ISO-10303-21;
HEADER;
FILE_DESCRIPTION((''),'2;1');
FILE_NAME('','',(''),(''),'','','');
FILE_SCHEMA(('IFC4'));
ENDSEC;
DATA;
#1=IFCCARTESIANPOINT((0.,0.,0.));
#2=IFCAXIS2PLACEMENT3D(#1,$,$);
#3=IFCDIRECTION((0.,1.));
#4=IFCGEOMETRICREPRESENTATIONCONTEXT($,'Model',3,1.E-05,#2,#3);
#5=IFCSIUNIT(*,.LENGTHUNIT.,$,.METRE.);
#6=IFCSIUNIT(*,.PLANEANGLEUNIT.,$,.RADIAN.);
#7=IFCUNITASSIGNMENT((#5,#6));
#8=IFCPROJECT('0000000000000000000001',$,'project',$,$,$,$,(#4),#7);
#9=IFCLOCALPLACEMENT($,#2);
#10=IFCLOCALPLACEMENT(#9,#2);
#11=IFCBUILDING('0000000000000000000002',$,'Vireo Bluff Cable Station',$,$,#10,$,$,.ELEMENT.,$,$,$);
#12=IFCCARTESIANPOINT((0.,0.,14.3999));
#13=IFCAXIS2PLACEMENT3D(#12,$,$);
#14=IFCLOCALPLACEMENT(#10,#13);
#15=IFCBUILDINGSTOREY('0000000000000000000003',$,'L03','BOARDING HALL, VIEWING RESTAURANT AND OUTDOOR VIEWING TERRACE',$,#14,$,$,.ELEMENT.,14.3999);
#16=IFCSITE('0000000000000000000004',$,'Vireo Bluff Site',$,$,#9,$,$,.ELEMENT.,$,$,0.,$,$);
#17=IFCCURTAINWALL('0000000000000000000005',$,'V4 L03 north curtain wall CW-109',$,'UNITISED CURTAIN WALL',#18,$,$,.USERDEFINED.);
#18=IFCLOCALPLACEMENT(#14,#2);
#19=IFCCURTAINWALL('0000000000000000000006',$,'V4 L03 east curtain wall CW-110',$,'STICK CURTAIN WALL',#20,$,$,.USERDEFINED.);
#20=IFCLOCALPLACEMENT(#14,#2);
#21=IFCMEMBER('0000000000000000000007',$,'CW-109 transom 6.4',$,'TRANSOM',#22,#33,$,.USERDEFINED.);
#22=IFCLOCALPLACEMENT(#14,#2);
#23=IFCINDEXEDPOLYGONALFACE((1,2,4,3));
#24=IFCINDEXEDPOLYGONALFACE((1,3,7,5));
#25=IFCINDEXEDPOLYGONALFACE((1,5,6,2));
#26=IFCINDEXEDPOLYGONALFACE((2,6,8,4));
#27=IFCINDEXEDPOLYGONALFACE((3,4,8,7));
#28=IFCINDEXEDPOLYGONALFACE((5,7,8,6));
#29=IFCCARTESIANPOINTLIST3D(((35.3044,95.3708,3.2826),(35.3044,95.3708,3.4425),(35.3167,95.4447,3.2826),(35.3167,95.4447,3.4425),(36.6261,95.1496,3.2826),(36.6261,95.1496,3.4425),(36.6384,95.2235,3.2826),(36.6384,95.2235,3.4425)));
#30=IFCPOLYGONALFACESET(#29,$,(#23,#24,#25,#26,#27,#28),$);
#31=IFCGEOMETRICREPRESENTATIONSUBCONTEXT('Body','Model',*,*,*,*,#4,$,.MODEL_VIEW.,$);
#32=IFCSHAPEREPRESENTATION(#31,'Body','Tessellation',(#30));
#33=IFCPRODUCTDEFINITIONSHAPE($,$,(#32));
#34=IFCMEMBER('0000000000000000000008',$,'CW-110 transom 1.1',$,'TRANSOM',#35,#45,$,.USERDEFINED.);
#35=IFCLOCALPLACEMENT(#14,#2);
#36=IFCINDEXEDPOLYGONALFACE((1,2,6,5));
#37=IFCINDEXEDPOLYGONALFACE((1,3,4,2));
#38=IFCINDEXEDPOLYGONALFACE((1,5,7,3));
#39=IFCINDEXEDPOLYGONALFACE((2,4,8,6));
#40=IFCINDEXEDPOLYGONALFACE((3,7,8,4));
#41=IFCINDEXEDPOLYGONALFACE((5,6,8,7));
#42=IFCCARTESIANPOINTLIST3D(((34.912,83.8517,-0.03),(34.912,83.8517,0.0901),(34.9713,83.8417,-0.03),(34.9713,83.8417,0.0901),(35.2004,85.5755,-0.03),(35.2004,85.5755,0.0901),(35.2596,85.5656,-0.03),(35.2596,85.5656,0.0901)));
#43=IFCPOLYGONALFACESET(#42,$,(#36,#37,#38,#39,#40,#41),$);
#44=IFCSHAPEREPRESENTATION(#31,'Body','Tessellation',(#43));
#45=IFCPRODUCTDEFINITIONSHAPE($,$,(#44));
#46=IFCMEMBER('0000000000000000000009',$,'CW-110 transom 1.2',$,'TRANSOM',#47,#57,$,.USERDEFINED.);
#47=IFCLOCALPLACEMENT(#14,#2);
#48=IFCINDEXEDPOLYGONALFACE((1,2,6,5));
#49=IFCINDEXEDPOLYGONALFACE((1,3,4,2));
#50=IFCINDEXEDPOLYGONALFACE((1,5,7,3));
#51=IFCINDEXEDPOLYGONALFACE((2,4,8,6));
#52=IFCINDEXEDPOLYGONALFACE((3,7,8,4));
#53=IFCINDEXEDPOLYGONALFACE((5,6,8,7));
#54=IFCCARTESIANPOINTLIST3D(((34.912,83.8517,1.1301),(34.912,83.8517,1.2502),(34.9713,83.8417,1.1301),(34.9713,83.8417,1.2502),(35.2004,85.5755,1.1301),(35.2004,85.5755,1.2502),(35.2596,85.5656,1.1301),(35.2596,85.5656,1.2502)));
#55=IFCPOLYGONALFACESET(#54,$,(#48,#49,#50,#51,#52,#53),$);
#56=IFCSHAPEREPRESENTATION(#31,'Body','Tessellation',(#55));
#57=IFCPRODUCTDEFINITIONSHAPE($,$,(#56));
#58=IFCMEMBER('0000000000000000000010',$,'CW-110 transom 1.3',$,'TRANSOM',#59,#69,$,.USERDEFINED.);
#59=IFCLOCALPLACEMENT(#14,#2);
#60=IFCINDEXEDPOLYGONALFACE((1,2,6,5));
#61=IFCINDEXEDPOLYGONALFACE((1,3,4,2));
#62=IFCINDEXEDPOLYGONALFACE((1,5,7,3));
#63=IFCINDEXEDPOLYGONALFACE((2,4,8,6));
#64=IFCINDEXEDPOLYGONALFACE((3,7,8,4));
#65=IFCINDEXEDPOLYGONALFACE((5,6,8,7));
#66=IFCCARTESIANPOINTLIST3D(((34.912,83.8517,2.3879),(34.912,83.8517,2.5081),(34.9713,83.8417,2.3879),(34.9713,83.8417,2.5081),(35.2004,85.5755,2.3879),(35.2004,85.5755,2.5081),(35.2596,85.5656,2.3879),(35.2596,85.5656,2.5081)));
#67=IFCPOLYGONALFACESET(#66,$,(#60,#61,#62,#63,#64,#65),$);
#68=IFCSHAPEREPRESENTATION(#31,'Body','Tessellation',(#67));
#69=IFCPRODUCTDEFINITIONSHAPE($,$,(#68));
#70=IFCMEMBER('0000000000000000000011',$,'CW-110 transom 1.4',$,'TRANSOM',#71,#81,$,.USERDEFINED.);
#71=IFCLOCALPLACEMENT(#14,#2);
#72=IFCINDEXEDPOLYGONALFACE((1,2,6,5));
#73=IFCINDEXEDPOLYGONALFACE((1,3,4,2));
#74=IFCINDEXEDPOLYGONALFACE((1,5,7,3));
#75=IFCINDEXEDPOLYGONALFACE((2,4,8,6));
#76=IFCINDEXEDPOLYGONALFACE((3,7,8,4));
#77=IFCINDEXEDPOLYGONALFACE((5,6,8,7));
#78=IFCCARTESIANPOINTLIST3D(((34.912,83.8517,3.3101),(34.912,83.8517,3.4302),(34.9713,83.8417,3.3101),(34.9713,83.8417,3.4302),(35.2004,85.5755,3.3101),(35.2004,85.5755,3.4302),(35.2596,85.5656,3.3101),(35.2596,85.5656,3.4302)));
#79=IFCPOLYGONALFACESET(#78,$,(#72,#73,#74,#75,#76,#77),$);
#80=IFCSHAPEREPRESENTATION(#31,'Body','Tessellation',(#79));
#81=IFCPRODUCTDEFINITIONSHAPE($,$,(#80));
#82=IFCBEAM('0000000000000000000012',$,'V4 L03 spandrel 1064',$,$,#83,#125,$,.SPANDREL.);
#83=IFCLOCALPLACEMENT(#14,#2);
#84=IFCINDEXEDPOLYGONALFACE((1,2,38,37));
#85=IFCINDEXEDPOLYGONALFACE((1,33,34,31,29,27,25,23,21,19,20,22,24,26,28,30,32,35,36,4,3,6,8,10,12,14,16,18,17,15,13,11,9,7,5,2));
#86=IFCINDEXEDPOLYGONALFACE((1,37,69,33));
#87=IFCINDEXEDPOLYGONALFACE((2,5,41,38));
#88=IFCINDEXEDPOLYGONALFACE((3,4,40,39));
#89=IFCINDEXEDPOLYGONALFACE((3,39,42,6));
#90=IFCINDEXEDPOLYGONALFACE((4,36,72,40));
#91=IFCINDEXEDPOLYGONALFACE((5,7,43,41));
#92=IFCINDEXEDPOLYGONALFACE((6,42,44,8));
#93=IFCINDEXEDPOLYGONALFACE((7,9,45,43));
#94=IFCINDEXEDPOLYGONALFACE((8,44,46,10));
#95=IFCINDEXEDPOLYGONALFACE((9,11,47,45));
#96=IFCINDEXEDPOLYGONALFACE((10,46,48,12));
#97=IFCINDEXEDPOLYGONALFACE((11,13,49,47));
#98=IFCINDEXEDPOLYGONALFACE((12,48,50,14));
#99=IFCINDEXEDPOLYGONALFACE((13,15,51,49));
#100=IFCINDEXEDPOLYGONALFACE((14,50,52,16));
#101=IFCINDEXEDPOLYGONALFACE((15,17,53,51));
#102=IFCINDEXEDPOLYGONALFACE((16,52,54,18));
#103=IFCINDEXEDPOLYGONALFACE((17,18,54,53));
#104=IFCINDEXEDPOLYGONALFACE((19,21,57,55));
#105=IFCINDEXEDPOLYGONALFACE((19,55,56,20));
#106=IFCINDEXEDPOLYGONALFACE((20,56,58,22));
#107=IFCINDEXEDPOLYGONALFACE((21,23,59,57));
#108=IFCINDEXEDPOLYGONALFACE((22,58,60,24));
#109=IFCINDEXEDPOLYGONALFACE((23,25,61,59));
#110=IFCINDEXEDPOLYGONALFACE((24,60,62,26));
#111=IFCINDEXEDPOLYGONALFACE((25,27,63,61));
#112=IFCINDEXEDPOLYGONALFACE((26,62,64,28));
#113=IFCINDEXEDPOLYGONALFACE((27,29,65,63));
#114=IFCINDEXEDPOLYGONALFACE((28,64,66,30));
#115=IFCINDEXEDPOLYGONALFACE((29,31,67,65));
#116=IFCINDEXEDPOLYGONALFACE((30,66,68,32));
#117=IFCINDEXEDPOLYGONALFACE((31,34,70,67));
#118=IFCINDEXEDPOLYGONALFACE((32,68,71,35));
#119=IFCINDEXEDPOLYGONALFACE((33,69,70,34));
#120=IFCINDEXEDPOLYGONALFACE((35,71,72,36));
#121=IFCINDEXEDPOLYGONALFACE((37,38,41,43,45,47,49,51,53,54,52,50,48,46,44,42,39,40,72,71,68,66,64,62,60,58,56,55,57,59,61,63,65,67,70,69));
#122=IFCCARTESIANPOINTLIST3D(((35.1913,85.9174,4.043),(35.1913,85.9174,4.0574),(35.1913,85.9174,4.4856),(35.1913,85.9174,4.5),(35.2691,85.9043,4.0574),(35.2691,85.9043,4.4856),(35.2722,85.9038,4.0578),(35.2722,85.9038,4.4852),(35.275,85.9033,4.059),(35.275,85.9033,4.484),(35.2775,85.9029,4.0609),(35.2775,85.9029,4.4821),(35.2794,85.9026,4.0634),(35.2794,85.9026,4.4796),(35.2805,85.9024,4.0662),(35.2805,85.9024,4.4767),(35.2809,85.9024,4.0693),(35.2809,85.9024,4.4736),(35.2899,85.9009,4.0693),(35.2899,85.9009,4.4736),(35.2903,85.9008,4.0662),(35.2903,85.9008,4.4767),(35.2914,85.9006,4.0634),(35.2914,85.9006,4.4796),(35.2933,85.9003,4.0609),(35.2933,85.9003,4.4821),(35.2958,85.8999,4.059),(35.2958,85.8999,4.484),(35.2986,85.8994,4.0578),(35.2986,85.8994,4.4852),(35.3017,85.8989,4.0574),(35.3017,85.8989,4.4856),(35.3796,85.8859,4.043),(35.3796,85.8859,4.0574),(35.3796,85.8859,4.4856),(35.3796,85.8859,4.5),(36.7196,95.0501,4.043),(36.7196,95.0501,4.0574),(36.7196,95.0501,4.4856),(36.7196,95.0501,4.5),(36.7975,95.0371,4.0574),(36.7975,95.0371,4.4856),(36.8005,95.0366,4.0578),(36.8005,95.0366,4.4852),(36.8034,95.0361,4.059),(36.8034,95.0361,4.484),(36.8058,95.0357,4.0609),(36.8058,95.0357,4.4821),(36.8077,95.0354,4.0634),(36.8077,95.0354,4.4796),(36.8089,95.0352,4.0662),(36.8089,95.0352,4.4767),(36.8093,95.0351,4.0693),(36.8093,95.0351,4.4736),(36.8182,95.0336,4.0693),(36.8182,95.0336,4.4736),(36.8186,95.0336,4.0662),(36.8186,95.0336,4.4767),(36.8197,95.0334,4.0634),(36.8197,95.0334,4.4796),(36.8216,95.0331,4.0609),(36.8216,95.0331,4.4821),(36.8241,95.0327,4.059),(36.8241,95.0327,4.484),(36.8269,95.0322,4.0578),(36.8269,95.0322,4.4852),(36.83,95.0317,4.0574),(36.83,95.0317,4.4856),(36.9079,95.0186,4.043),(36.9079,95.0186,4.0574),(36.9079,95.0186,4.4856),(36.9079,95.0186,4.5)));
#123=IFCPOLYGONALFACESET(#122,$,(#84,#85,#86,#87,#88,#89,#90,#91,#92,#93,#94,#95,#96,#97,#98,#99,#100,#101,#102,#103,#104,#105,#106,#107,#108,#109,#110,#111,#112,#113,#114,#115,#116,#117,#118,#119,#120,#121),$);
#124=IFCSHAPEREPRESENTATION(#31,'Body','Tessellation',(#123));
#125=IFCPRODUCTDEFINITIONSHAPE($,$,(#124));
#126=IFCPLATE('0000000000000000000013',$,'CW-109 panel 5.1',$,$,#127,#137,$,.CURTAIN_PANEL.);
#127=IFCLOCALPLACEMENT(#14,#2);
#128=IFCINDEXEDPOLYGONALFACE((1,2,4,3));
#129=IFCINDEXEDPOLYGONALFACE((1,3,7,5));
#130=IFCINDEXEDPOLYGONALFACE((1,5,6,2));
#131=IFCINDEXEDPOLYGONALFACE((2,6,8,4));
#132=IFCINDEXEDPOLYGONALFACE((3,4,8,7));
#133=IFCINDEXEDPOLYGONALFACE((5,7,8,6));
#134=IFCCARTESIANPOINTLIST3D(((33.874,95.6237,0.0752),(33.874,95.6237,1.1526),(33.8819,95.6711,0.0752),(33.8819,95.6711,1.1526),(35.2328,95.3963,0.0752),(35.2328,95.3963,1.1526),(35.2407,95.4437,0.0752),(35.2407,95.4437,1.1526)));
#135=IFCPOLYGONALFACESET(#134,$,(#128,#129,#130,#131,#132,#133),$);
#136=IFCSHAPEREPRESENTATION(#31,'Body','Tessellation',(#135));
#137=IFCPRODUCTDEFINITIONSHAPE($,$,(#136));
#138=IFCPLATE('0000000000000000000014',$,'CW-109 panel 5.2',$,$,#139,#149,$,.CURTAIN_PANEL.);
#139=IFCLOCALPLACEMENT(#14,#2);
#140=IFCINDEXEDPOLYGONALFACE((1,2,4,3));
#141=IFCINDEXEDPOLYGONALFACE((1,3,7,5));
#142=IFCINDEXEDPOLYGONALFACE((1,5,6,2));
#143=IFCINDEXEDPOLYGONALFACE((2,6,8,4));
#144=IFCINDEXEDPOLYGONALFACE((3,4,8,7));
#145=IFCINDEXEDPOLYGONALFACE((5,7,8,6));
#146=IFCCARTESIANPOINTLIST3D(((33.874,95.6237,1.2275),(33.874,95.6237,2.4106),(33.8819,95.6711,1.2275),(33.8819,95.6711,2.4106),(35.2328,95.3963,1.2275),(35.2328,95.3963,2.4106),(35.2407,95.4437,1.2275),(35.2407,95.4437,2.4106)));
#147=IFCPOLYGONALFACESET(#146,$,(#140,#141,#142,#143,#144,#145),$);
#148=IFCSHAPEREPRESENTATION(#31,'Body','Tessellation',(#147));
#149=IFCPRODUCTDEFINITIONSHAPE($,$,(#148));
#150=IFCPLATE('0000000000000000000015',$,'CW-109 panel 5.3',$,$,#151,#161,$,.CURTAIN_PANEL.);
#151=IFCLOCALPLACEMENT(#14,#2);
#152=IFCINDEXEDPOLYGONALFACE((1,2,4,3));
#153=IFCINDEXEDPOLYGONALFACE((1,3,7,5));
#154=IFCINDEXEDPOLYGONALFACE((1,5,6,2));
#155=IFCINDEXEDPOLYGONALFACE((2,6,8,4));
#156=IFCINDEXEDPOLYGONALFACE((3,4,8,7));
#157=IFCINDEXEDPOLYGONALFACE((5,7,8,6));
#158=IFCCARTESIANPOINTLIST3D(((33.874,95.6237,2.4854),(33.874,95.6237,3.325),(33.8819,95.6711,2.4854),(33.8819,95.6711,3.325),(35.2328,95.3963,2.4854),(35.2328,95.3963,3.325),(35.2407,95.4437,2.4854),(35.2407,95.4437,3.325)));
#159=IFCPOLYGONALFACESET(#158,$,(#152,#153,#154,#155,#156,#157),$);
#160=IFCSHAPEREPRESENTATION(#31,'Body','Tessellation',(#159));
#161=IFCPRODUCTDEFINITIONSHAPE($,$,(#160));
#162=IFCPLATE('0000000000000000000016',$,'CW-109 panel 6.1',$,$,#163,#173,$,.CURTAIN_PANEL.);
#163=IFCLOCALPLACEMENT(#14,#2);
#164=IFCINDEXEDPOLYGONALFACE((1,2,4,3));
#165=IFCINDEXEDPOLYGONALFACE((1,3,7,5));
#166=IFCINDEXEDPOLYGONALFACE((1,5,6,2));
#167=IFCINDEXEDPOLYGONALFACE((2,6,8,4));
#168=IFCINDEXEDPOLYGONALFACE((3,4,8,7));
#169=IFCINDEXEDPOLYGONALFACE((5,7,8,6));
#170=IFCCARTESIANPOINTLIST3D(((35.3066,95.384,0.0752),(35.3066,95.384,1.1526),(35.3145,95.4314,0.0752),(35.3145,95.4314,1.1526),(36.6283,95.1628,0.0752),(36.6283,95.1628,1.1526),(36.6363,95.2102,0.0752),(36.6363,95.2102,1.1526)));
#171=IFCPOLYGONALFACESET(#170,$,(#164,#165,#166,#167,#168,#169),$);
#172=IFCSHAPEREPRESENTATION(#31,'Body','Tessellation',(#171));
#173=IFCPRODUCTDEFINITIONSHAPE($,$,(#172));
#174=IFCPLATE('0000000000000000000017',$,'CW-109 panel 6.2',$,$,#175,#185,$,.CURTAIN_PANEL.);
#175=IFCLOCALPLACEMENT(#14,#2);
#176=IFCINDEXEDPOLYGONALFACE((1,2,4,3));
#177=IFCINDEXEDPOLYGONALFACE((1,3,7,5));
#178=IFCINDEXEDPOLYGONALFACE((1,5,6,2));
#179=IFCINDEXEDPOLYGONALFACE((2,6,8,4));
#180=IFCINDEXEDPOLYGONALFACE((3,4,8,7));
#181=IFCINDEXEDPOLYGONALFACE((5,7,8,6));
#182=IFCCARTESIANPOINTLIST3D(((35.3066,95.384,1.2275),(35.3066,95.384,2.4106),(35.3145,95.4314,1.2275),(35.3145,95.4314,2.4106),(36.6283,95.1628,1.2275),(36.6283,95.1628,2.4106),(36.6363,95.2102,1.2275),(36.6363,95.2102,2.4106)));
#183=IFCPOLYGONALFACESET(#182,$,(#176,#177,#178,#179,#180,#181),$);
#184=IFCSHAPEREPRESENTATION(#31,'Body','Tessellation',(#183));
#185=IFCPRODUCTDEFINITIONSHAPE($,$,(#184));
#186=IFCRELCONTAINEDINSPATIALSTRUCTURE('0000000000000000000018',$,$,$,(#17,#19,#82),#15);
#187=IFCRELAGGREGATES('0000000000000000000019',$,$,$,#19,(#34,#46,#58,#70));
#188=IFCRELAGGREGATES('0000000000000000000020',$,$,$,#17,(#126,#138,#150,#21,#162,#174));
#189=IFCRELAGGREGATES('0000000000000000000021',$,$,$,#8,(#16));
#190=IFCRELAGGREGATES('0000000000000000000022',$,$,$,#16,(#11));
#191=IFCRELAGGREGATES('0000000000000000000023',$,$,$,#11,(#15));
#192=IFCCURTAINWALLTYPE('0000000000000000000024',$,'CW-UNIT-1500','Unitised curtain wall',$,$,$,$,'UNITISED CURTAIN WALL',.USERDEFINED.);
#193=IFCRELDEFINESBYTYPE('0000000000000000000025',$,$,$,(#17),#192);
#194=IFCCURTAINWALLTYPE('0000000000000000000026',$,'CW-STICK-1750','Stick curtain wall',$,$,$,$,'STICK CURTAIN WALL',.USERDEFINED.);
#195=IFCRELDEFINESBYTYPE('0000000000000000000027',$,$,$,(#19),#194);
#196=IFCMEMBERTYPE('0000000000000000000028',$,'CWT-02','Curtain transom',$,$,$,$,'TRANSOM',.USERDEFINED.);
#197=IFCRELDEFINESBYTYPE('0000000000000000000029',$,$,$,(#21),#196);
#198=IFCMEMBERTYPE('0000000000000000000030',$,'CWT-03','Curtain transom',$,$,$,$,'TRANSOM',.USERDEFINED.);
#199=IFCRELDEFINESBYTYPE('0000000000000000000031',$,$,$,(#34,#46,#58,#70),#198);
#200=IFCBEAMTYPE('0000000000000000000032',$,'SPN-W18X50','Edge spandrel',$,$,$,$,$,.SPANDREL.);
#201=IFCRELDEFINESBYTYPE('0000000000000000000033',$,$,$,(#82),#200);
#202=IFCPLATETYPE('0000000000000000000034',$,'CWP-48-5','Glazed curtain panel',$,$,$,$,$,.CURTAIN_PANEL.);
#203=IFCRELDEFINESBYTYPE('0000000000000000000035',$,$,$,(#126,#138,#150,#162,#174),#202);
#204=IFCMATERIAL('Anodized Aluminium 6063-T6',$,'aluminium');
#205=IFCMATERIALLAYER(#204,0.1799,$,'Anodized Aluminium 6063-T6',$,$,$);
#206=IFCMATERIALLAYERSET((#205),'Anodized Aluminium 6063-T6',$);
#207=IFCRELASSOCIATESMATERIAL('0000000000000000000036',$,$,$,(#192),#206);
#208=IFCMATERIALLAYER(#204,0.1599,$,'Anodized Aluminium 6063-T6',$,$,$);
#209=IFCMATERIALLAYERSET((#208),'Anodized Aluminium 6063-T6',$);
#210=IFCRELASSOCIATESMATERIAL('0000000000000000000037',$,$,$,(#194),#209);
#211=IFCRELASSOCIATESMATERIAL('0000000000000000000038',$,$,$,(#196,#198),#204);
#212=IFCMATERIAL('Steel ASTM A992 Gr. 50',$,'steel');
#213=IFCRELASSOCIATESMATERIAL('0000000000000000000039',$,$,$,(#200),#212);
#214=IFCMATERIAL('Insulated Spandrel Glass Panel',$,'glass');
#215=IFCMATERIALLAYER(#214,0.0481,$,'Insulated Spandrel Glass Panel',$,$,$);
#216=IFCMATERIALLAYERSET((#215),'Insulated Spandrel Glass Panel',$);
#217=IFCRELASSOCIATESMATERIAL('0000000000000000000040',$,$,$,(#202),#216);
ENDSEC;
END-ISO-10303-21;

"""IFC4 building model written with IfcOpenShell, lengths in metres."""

from ifc_helpers import new_model, si_unit, direction, frame, origin, origin_2d, place, context, subcontext, project, spatial, rectangle, i_section, extrude, material, layer, layer_set, material_profile, profile_set, type_object, element, aggregate, save


model = new_model("IFC4")

# Units and contexts
model_context = context("Model", 3, precision=1e-05, world=origin(), true_north=direction((0.0, 1.0)))
body_context = subcontext(model_context, "Body", "Model", "MODEL_VIEW")
ifc_project = project(units=[si_unit("LENGTHUNIT", "METRE"), si_unit("PLANEANGLEUNIT", "RADIAN")], contexts=[model_context])

# Site, building, storey
site_placement = place(None, origin())
site = spatial("IfcSite", under=ifc_project, at=site_placement, Name="Vireo Bluff Site", CompositionType="ELEMENT", RefElevation=0.0)
building_placement = place(site_placement, origin())
building = spatial("IfcBuilding", under=site, at=building_placement, Name="Vireo Bluff Cable Station", CompositionType="ELEMENT")
storey_placement = place(building_placement, frame((0.0, 0.0, 14.3999)))
storey = spatial("IfcBuildingStorey", under=building, at=storey_placement, Name="L03", Description="BOARDING HALL, VIEWING RESTAURANT AND OUTDOOR VIEWING TERRACE", CompositionType="ELEMENT", Elevation=14.3999)

# Shared definitions
ifc_material_1 = material(Name="Steel ASTM A992 Gr. 50", Category="steel")

# Curtain wall
ifc_material_2 = material(Name="Anodized Aluminium 6063-T6", Category="aluminium")
ifc_layer_1 = layer(ifc_material_2, 0.1799, Name="Anodized Aluminium 6063-T6")
ifc_layer_set_1 = layer_set([ifc_layer_1], Name="Anodized Aluminium 6063-T6")
curtain_wall_type_1 = type_object("IfcCurtainWallType", Name="CW-UNIT-1500", Description="Unitised curtain wall", ElementType="UNITISED CURTAIN WALL", PredefinedType="USERDEFINED", material=ifc_layer_set_1)
curtain_wall_1_placement = place(storey_placement, origin())
curtain_wall_1 = element("IfcCurtainWall", 1, at=curtain_wall_1_placement, inside=storey, type_object=curtain_wall_type_1, Name="V4 L03 north curtain wall CW-109", ObjectType="UNITISED CURTAIN WALL", PredefinedType="USERDEFINED")

# Curtain wall
ifc_layer_2 = layer(ifc_material_2, 0.1599, Name="Anodized Aluminium 6063-T6")
ifc_layer_set_2 = layer_set([ifc_layer_2], Name="Anodized Aluminium 6063-T6")
curtain_wall_type_2 = type_object("IfcCurtainWallType", Name="CW-STICK-1750", Description="Stick curtain wall", ElementType="STICK CURTAIN WALL", PredefinedType="USERDEFINED", material=ifc_layer_set_2)
curtain_wall_2_placement = place(storey_placement, origin())
curtain_wall_2 = element("IfcCurtainWall", 2, at=curtain_wall_2_placement, inside=storey, type_object=curtain_wall_type_2, Name="V4 L03 east curtain wall CW-110", ObjectType="STICK CURTAIN WALL", PredefinedType="USERDEFINED")

# Members
ifc_material_profile_1 = material_profile(ifc_material_2, rectangle(XDim=0.075, YDim=0.1599, at=origin_2d()), Name="ALU-T-75X160")
ifc_profile_set_1 = profile_set([ifc_material_profile_1], Name="Anodized Aluminium 6063-T6")
member_type_1 = type_object("IfcMemberType", Name="CWT-02", Description="Curtain transom", ElementType="TRANSOM", PredefinedType="USERDEFINED", material=ifc_profile_set_1)
member_1_placement = place(storey_placement, frame((35.3105, 95.4077, 3.3625), z_axis=(0.986285, -0.165049, 0.0), x_axis=(0.165049, 0.986285, 0.0)))
member_1 = element("IfcMember", 3, at=member_1_placement, type_object=member_type_1, Name="CW-109 transom 6.4", ObjectType="TRANSOM", PredefinedType="USERDEFINED", context=body_context, shape_type="SweptSolid", body=[
    extrude(rectangle(XDim=0.075, YDim=0.1599, at=origin_2d()), origin(), (0.0, 0.0, 1.0), 1.3401),
])
ifc_material_profile_2 = material_profile(ifc_material_2, rectangle(XDim=0.0601, YDim=0.1201, at=origin_2d()), Name="ALU-T-60X120")
ifc_profile_set_2 = profile_set([ifc_material_profile_2], Name="Anodized Aluminium 6063-T6")
member_type_2 = type_object("IfcMemberType", Name="CWT-03", Description="Curtain transom", ElementType="TRANSOM", PredefinedType="USERDEFINED", material=ifc_profile_set_2)
member_2_placement = place(storey_placement, frame((35.23, 85.5706, 0.03), z_axis=(-0.164965, -0.986299, 0.0), x_axis=(0.986299, -0.164965, 0.0)))
member_2 = element("IfcMember", 4, at=member_2_placement, type_object=member_type_2, Name="CW-110 transom 1.1", ObjectType="TRANSOM", PredefinedType="USERDEFINED", context=body_context, shape_type="SweptSolid", body=[
    extrude(rectangle(XDim=0.0601, YDim=0.1201, at=origin_2d()), origin(), (0.0, 0.0, 1.0), 1.7478),
])
member_3_placement = place(storey_placement, frame((35.23, 85.5706, 1.1902), z_axis=(-0.164965, -0.986299, 0.0), x_axis=(0.986299, -0.164965, 0.0)))
member_3 = element("IfcMember", 5, at=member_3_placement, type_object=member_type_2, Name="CW-110 transom 1.2", ObjectType="TRANSOM", PredefinedType="USERDEFINED", context=body_context, shape_type="SweptSolid", body=[
    extrude(rectangle(XDim=0.0601, YDim=0.1201, at=origin_2d()), origin(), (0.0, 0.0, 1.0), 1.7478),
])
member_4_placement = place(storey_placement, frame((35.23, 85.5706, 2.448), z_axis=(-0.164965, -0.986299, 0.0), x_axis=(0.986299, -0.164965, 0.0)))
member_4 = element("IfcMember", 6, at=member_4_placement, type_object=member_type_2, Name="CW-110 transom 1.3", ObjectType="TRANSOM", PredefinedType="USERDEFINED", context=body_context, shape_type="SweptSolid", body=[
    extrude(rectangle(XDim=0.0601, YDim=0.1201, at=origin_2d()), origin(), (0.0, 0.0, 1.0), 1.7478),
])
member_5_placement = place(storey_placement, frame((35.23, 85.5706, 3.3701), z_axis=(-0.164965, -0.986299, 0.0), x_axis=(0.986299, -0.164965, 0.0)))
member_5 = element("IfcMember", 7, at=member_5_placement, type_object=member_type_2, Name="CW-110 transom 1.4", ObjectType="TRANSOM", PredefinedType="USERDEFINED", context=body_context, shape_type="SweptSolid", body=[
    extrude(rectangle(XDim=0.0601, YDim=0.1201, at=origin_2d()), origin(), (0.0, 0.0, 1.0), 1.7478),
])
aggregate(curtain_wall_2, [member_2, member_3, member_4, member_5])

# Beam
ifc_material_profile_3 = material_profile(ifc_material_1, i_section(OverallWidth=0.1909, OverallDepth=0.457, WebThickness=0.009, FlangeThickness=0.0144, FilletRadius=0.012, at=origin_2d()), Name="W18X50")
ifc_profile_set_3 = profile_set([ifc_material_profile_3], Name="Steel ASTM A992 Gr. 50")
beam_type = type_object("IfcBeamType", Name="SPN-W18X50", Description="Edge spandrel", PredefinedType="SPANDREL", material=ifc_profile_set_3)
beam_placement = place(storey_placement, frame((35.2854, 85.9016, 4.2715), z_axis=(0.165049, 0.986285, 0.0), x_axis=(-0.986285, 0.165049, 0.0)))
element("IfcBeam", 8, at=beam_placement, inside=storey, type_object=beam_type, Name="V4 L03 spandrel 1064", PredefinedType="SPANDREL", context=body_context, shape_type="SweptSolid", body=[
    extrude(i_section(OverallWidth=0.1909, OverallDepth=0.457, WebThickness=0.009, FlangeThickness=0.0144, FilletRadius=0.012, at=origin_2d()), origin(), (0.0, 0.0, 1.0), 9.2598),
])

# Plates
ifc_material_3 = material(Name="Insulated Spandrel Glass Panel", Category="glass")
ifc_layer_3 = layer(ifc_material_3, 0.0481, Name="Insulated Spandrel Glass Panel")
ifc_layer_set_3 = layer_set([ifc_layer_3], Name="Insulated Spandrel Glass Panel")
plate_type = type_object("IfcPlateType", Name="CWP-48-5", Description="Glazed curtain panel", PredefinedType="CURTAIN_PANEL", material=ifc_layer_set_3)
plate_1_placement = place(storey_placement, frame((34.5574, 95.5337, 0.0752), z_axis=(0.0, 0.0, 1.0), x_axis=(0.986286, -0.165048, 0.0)))
plate_1 = element("IfcPlate", 9, at=plate_1_placement, type_object=plate_type, Name="CW-109 panel 5.1", PredefinedType="CURTAIN_PANEL", context=body_context, shape_type="SweptSolid", body=[
    extrude(rectangle(XDim=1.3777, YDim=0.0481, at=origin_2d()), origin(), (0.0, 0.0, 1.0), 1.0774),
])
plate_2_placement = place(storey_placement, frame((34.5574, 95.5337, 1.2275), z_axis=(0.0, 0.0, 1.0), x_axis=(0.986286, -0.165048, 0.0)))
plate_2 = element("IfcPlate", 10, at=plate_2_placement, type_object=plate_type, Name="CW-109 panel 5.2", PredefinedType="CURTAIN_PANEL", context=body_context, shape_type="SweptSolid", body=[
    extrude(rectangle(XDim=1.3777, YDim=0.0481, at=origin_2d()), origin(), (0.0, 0.0, 1.0), 1.1831),
])
plate_3_placement = place(storey_placement, frame((34.5574, 95.5337, 2.4854), z_axis=(0.0, 0.0, 1.0), x_axis=(0.986286, -0.165048, 0.0)))
plate_3 = element("IfcPlate", 11, at=plate_3_placement, type_object=plate_type, Name="CW-109 panel 5.3", PredefinedType="CURTAIN_PANEL", context=body_context, shape_type="SweptSolid", body=[
    extrude(rectangle(XDim=1.3777, YDim=0.0481, at=origin_2d()), origin(), (0.0, 0.0, 1.0), 0.8396),
])
plate_4_placement = place(storey_placement, frame((35.9714, 95.2971, 0.0752), z_axis=(0.0, 0.0, 1.0), x_axis=(0.986286, -0.165048, 0.0)))
plate_4 = element("IfcPlate", 12, at=plate_4_placement, type_object=plate_type, Name="CW-109 panel 6.1", PredefinedType="CURTAIN_PANEL", context=body_context, shape_type="SweptSolid", body=[
    extrude(rectangle(XDim=1.3401, YDim=0.0481, at=origin_2d()), origin(), (0.0, 0.0, 1.0), 1.0774),
])
plate_5_placement = place(storey_placement, frame((35.9714, 95.2971, 1.2275), z_axis=(0.0, 0.0, 1.0), x_axis=(0.986286, -0.165048, 0.0)))
plate_5 = element("IfcPlate", 13, at=plate_5_placement, type_object=plate_type, Name="CW-109 panel 6.2", PredefinedType="CURTAIN_PANEL", context=body_context, shape_type="SweptSolid", body=[
    extrude(rectangle(XDim=1.3401, YDim=0.0481, at=origin_2d()), origin(), (0.0, 0.0, 1.0), 1.1831),
])
aggregate(curtain_wall_1, [plate_1, plate_2, plate_3, member_1, plate_4, plate_5])

save(model, "model.ifc")
